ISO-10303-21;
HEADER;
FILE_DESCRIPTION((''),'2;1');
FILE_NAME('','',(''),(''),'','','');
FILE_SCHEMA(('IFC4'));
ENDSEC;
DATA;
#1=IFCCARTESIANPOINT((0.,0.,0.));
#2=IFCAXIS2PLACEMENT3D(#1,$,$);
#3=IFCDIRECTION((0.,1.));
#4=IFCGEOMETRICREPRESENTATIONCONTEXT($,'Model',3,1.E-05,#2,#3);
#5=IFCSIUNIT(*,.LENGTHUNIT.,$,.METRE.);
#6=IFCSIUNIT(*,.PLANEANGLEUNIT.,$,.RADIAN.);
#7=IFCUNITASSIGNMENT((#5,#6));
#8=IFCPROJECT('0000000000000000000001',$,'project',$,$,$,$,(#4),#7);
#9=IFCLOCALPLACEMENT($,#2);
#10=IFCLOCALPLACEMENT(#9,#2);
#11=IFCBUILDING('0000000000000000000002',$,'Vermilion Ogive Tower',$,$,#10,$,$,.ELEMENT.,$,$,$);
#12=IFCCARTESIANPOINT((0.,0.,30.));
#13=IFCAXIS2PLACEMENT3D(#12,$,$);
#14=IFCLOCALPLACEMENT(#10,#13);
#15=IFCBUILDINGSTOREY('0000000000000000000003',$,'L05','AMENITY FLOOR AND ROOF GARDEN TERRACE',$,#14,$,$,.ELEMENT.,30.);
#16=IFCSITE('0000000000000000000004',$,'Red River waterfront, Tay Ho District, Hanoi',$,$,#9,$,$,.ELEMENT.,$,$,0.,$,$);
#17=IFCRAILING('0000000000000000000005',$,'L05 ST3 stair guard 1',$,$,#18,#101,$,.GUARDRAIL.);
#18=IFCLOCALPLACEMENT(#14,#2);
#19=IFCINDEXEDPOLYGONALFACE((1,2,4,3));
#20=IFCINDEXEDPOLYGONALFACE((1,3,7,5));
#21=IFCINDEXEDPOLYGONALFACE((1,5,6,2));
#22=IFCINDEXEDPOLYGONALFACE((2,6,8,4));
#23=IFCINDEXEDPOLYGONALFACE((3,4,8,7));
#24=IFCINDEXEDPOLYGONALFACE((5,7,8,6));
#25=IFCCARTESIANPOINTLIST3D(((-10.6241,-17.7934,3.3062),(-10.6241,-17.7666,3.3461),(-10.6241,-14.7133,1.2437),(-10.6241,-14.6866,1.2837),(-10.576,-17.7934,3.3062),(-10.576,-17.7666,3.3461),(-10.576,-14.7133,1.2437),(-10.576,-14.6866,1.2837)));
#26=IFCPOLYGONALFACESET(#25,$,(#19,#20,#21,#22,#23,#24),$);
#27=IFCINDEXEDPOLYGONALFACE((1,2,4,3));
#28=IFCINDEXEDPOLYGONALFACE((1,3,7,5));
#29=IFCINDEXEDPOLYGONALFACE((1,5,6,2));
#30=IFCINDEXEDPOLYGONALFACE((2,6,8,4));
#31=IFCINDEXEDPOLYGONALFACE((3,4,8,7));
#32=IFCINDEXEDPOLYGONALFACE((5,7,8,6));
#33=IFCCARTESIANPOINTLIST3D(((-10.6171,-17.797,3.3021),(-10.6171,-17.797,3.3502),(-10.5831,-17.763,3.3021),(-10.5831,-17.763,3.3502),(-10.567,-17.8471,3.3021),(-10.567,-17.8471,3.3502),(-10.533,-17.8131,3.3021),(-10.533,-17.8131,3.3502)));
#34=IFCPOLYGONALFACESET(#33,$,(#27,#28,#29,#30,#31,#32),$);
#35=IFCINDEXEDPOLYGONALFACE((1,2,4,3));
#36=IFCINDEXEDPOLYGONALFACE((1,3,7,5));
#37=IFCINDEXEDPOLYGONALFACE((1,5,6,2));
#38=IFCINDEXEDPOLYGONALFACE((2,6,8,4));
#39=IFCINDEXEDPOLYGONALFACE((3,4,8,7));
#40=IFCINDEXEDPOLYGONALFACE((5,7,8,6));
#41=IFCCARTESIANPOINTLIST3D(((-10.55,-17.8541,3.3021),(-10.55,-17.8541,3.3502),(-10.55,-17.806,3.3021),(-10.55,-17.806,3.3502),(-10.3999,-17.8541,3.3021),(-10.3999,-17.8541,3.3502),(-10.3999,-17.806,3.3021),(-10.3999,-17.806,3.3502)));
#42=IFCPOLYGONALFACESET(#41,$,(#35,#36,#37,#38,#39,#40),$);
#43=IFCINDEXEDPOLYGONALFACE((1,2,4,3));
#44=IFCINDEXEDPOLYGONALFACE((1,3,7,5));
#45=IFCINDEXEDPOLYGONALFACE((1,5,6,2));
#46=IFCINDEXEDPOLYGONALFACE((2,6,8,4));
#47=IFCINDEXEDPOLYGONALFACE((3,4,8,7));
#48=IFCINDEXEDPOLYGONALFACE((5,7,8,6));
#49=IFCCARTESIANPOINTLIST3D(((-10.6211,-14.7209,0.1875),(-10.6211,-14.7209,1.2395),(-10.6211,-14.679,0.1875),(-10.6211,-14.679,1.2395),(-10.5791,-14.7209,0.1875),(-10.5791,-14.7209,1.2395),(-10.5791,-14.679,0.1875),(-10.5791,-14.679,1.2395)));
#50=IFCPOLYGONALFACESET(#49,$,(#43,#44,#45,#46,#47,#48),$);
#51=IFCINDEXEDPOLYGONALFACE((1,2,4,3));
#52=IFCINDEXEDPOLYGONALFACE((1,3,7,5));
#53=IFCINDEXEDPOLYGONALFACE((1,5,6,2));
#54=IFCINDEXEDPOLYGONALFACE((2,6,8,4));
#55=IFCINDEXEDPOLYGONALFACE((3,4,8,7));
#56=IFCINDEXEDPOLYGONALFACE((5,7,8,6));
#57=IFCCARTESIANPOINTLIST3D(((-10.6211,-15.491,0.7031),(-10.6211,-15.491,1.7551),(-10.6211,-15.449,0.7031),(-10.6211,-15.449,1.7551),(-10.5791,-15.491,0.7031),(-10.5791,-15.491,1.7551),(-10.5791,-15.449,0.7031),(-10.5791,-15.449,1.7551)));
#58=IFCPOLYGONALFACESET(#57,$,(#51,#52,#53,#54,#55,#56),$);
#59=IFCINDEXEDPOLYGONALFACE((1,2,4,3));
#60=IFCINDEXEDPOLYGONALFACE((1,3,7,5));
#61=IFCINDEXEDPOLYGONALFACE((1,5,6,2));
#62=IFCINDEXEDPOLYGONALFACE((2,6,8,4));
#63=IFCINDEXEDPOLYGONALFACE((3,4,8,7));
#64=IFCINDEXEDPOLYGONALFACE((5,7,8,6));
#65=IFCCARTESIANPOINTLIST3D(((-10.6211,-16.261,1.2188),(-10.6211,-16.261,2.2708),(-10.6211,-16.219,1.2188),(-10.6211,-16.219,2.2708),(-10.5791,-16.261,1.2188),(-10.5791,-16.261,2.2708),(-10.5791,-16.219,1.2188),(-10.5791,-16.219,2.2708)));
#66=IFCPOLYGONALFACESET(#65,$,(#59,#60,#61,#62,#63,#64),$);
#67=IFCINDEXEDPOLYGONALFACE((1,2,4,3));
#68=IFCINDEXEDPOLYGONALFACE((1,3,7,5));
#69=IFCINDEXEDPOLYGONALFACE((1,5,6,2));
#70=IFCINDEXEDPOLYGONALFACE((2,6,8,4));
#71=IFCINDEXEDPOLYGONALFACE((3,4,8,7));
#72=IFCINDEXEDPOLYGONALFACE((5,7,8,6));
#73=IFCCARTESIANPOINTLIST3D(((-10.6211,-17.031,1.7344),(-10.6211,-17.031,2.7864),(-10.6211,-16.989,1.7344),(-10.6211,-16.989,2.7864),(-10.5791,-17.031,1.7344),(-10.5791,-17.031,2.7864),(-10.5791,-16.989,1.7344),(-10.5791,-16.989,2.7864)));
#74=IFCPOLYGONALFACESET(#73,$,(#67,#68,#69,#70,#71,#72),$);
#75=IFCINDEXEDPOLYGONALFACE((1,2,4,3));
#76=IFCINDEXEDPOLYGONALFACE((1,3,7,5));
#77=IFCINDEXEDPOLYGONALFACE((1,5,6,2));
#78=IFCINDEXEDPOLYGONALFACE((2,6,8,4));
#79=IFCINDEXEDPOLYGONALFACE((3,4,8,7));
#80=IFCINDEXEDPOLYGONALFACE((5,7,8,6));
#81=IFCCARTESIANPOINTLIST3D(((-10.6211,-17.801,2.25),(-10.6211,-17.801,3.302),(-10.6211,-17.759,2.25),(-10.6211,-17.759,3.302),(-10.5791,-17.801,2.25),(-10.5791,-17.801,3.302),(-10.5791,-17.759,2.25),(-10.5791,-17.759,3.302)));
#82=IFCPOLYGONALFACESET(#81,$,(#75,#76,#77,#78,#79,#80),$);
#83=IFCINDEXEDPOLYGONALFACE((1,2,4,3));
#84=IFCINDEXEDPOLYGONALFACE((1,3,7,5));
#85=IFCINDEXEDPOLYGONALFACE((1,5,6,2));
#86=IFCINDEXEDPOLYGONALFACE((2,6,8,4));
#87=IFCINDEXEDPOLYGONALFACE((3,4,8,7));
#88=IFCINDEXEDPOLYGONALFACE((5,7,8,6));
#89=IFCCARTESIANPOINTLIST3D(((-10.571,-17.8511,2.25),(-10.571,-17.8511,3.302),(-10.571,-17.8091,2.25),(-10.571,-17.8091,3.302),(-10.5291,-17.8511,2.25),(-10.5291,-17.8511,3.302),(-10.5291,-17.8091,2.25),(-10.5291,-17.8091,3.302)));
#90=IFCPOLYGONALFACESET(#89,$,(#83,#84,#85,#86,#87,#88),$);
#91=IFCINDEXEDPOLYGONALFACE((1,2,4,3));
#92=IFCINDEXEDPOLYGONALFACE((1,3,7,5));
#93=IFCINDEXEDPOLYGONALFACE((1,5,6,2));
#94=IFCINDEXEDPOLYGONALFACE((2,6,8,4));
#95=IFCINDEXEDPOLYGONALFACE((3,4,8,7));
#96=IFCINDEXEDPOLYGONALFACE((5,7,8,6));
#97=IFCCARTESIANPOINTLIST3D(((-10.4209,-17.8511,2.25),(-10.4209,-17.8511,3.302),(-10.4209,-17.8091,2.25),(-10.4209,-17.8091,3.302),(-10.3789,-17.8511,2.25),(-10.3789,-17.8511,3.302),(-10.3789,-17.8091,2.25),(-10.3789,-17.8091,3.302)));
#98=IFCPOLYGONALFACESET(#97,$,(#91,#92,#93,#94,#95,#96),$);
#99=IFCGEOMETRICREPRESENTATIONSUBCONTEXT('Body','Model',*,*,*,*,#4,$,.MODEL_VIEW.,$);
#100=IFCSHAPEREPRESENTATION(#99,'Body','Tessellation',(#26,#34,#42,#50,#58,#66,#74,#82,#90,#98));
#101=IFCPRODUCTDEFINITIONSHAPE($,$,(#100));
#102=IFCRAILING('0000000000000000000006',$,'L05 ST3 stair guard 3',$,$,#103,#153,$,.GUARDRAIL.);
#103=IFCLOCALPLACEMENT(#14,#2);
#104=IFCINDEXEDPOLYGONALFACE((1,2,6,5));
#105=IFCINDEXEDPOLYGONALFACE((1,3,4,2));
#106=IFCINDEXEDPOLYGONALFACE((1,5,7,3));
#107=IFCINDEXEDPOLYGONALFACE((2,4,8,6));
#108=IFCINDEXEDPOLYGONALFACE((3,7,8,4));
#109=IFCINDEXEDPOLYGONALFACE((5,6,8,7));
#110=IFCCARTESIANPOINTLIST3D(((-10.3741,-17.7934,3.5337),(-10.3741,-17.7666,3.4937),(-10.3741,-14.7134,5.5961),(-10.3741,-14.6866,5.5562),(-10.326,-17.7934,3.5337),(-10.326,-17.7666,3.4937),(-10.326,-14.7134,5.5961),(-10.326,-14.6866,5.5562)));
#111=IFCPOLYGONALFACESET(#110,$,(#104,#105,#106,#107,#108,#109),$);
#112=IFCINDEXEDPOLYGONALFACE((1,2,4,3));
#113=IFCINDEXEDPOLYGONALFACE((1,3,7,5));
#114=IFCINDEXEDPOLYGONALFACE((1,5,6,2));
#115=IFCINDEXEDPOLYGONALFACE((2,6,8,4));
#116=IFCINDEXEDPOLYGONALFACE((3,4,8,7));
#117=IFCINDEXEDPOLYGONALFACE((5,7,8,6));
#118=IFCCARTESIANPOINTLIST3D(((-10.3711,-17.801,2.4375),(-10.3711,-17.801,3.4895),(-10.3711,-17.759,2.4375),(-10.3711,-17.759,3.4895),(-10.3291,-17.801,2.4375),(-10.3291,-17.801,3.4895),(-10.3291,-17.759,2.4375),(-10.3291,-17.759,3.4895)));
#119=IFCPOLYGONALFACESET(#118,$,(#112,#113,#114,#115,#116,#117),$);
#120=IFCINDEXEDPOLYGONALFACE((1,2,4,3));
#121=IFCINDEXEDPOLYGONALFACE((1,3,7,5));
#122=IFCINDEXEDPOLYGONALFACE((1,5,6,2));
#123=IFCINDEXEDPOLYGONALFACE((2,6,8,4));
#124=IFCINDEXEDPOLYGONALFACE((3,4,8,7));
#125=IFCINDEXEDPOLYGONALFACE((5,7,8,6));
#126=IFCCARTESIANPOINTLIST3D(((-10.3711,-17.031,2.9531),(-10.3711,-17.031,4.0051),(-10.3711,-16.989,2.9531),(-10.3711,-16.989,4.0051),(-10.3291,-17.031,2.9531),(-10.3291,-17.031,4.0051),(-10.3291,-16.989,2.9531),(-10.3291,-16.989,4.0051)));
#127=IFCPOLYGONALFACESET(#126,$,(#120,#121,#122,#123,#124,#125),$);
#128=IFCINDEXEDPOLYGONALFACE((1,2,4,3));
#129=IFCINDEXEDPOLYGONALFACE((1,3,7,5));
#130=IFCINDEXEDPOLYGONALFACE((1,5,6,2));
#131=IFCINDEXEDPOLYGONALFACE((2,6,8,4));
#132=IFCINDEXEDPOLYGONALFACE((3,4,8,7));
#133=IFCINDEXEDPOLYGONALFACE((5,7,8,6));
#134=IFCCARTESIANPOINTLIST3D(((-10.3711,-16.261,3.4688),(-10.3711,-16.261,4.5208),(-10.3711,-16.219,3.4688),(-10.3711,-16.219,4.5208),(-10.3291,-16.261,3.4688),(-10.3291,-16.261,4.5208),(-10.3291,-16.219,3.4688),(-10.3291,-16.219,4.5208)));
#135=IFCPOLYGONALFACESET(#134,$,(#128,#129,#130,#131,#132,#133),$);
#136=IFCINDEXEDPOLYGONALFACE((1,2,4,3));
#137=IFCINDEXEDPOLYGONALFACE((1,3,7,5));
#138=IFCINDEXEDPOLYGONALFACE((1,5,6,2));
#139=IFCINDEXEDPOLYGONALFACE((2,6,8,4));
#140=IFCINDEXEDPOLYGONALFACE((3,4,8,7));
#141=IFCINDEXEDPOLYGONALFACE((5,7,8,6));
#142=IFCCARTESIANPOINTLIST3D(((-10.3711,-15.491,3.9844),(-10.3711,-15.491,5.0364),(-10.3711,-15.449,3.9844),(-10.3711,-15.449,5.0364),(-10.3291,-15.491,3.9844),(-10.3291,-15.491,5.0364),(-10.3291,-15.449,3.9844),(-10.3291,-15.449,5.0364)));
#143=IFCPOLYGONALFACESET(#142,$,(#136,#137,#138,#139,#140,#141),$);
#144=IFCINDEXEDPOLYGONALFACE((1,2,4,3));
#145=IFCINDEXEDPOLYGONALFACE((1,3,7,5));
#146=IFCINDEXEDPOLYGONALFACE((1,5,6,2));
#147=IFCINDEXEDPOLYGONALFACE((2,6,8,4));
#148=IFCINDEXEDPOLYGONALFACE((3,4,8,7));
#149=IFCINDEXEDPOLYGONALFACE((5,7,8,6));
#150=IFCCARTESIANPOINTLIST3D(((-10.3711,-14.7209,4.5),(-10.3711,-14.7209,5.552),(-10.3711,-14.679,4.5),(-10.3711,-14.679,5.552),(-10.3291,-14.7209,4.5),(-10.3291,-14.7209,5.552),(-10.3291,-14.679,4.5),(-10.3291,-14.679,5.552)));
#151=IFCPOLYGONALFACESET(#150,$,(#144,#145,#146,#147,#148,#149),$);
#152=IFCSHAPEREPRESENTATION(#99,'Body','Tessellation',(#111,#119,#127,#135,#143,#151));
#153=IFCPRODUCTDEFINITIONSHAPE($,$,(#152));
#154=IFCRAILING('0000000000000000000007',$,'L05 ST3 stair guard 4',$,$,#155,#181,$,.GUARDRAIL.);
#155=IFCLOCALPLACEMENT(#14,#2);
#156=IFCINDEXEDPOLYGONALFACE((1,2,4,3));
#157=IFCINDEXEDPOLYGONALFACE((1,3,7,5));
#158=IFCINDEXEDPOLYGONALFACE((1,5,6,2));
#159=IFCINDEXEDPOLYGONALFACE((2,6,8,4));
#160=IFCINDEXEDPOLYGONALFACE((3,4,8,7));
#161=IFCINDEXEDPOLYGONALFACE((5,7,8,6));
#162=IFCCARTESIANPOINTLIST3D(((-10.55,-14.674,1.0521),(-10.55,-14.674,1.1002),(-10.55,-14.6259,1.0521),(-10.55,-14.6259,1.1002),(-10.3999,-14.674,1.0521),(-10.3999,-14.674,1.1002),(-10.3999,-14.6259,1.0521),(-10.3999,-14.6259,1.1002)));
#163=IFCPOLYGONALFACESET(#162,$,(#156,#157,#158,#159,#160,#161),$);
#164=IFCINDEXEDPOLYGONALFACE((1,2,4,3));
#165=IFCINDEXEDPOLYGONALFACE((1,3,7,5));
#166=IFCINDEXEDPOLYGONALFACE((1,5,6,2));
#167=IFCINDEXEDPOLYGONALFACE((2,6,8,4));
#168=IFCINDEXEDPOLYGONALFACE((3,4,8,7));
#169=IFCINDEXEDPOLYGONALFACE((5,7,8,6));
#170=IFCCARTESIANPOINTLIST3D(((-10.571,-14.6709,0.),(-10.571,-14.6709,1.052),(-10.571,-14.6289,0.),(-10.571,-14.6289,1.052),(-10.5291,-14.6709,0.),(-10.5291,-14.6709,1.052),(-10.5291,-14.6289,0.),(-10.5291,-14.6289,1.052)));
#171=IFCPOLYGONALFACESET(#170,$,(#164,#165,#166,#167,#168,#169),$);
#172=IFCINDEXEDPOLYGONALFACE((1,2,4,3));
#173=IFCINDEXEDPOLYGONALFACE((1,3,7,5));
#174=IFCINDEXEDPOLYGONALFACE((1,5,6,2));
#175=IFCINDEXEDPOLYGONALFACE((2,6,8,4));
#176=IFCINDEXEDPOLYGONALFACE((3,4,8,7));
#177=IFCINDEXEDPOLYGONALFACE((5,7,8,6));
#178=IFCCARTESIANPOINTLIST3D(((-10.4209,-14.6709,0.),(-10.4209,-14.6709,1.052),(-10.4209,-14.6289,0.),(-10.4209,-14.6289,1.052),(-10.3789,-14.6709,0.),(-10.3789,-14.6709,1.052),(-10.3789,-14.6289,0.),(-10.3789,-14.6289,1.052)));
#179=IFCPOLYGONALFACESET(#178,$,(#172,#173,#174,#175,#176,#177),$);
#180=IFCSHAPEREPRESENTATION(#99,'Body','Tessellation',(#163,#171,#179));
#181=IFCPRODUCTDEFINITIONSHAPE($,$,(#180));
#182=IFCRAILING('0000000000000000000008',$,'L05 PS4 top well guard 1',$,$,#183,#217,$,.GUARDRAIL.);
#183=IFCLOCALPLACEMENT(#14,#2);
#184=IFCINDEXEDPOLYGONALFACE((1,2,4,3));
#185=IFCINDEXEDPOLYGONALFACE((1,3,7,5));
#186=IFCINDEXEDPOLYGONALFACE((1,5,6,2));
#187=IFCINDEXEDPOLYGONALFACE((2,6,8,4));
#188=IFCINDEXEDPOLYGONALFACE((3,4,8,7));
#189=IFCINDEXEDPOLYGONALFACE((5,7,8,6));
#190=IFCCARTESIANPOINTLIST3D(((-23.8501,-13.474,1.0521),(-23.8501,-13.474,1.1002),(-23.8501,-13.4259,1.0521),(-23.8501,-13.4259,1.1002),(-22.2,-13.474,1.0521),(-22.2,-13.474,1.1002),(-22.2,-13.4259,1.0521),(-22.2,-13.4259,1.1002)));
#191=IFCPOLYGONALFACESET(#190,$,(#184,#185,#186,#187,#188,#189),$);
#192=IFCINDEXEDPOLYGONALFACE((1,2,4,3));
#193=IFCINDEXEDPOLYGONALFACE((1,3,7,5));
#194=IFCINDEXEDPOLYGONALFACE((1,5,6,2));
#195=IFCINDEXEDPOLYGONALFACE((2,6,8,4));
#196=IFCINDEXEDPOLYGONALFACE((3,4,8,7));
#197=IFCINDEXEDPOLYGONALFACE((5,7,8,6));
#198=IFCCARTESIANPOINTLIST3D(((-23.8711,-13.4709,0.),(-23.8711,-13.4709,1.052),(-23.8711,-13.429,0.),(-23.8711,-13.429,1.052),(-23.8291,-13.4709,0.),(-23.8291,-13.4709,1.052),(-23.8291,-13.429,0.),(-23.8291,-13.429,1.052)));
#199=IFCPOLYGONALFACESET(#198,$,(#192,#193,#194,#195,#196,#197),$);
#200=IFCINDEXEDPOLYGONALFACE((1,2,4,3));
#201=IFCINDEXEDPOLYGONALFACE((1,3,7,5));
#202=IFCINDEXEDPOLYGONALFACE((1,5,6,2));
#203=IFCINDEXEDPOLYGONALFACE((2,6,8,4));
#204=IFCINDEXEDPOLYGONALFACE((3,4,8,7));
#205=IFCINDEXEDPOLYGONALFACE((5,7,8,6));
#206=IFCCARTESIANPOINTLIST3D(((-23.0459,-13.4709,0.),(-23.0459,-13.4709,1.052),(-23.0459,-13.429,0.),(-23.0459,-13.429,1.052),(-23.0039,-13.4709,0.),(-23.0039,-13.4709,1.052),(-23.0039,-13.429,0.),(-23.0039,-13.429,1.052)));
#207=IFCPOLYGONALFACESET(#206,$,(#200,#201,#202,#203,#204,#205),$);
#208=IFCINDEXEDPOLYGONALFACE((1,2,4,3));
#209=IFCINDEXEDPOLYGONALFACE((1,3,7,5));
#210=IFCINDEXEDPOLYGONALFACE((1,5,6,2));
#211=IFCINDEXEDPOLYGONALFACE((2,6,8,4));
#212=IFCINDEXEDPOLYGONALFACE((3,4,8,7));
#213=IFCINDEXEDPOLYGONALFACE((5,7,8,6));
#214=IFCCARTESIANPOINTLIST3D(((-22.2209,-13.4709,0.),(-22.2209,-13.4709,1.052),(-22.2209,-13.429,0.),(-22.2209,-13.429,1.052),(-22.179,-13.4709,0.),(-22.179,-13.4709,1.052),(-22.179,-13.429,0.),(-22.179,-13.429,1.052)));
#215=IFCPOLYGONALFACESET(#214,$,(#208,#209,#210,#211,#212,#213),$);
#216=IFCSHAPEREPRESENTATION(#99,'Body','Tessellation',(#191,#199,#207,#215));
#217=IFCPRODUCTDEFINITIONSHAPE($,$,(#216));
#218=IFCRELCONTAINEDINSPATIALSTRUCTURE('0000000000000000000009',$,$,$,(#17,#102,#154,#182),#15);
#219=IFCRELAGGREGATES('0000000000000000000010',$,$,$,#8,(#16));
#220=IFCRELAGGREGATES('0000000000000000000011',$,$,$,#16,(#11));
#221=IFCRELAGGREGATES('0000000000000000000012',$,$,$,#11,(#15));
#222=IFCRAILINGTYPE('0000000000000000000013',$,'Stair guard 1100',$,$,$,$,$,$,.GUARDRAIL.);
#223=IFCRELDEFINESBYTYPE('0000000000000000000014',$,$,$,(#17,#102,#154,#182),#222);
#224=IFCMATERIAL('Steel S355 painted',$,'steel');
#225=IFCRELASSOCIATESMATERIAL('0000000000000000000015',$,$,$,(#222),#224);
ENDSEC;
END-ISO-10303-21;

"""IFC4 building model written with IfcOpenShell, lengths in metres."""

from ifc_helpers import new_model, si_unit, direction, frame, origin, origin_2d, place, context, subcontext, project, spatial, rectangle, extrude, material, type_object, element, save


model = new_model("IFC4")

# Units and contexts
model_context = context("Model", 3, precision=1e-05, world=origin(), true_north=direction((0.0, 1.0)))
body_context = subcontext(model_context, "Body", "Model", "MODEL_VIEW")
ifc_project = project(units=[si_unit("LENGTHUNIT", "METRE"), si_unit("PLANEANGLEUNIT", "RADIAN")], contexts=[model_context])

# Site, building, storey
site_placement = place(None, origin())
site = spatial("IfcSite", under=ifc_project, at=site_placement, Name="Red River waterfront, Tay Ho District, Hanoi", CompositionType="ELEMENT", RefElevation=0.0)
building_placement = place(site_placement, origin())
building = spatial("IfcBuilding", under=site, at=building_placement, Name="Vermilion Ogive Tower", CompositionType="ELEMENT")
storey_placement = place(building_placement, frame((0.0, 0.0, 30.0)))
storey = spatial("IfcBuildingStorey", under=building, at=storey_placement, Name="L05", Description="AMENITY FLOOR AND ROOF GARDEN TERRACE", CompositionType="ELEMENT", Elevation=30.0)

# Railings
ifc_material_1 = material(Name="Steel S355 painted", Category="steel")
railing_type_1 = type_object("IfcRailingType", Name="Stair guard 1100", PredefinedType="GUARDRAIL", material=ifc_material_1)
railing_1_placement = place(storey_placement, frame((-10.6001, -14.7, 0.1875)))
element("IfcRailing", 1, at=railing_1_placement, inside=storey, type_object=railing_type_1, Name="L05 ST3 stair guard 1", PredefinedType="GUARDRAIL", context=body_context, shape_type="SweptSolid", body=[
    extrude(rectangle(XDim=0.0481, YDim=0.0481, at=origin_2d()), frame((0.0, 0.0, 1.0762), z_axis=(0.0, -0.830914, 0.556401), x_axis=(1.0, 0.0, 0.0)), (0.0, 0.0, 1.0), 3.7068),
    extrude(rectangle(XDim=0.0481, YDim=0.0481, at=origin_2d()), frame((0.0, -3.0801, 3.1387), z_axis=(0.707107, -0.707107, 0.0), x_axis=(0.707107, 0.707107, 0.0)), (0.0, 0.0, 1.0), 0.0708),
    extrude(rectangle(XDim=0.0481, YDim=0.0481, at=origin_2d()), frame((0.05, -3.1301, 3.1387), z_axis=(1.0, 0.0, 0.0), x_axis=(0.0, 1.0, 0.0)), (0.0, 0.0, 1.0), 0.1501),
    extrude(rectangle(XDim=0.042, YDim=0.042, at=origin_2d()), origin(), (0.0, 0.0, 1.0), 1.052),
    extrude(rectangle(XDim=0.042, YDim=0.042, at=origin_2d()), frame((0.0, -0.77, 0.5156)), (0.0, 0.0, 1.0), 1.052),
    extrude(rectangle(XDim=0.042, YDim=0.042, at=origin_2d()), frame((0.0, -1.54, 1.0312)), (0.0, 0.0, 1.0), 1.052),
    extrude(rectangle(XDim=0.042, YDim=0.042, at=origin_2d()), frame((0.0, -2.3101, 1.5469)), (0.0, 0.0, 1.0), 1.052),
    extrude(rectangle(XDim=0.042, YDim=0.042, at=origin_2d()), frame((0.0, -3.0801, 2.0625)), (0.0, 0.0, 1.0), 1.052),
    extrude(rectangle(XDim=0.042, YDim=0.042, at=origin_2d()), frame((0.05, -3.1301, 2.0625)), (0.0, 0.0, 1.0), 1.052),
    extrude(rectangle(XDim=0.042, YDim=0.042, at=origin_2d()), frame((0.2002, -3.1301, 2.0625)), (0.0, 0.0, 1.0), 1.052),
])
railing_2_placement = place(storey_placement, frame((-10.3501, -17.78, 2.4375)))
element("IfcRailing", 2, at=railing_2_placement, inside=storey, type_object=railing_type_1, Name="L05 ST3 stair guard 3", PredefinedType="GUARDRAIL", context=body_context, shape_type="SweptSolid", body=[
    extrude(rectangle(XDim=0.0481, YDim=0.0481, at=origin_2d()), frame((0.0, 0.0, 1.0762), z_axis=(0.0, 0.830914, 0.556401), x_axis=(-1.0, 0.0, 0.0)), (0.0, 0.0, 1.0), 3.7068),
    extrude(rectangle(XDim=0.042, YDim=0.042, at=origin_2d()), origin(), (0.0, 0.0, 1.0), 1.052),
    extrude(rectangle(XDim=0.042, YDim=0.042, at=origin_2d()), frame((0.0, 0.77, 0.5156)), (0.0, 0.0, 1.0), 1.052),
    extrude(rectangle(XDim=0.042, YDim=0.042, at=origin_2d()), frame((0.0, 1.54, 1.0312)), (0.0, 0.0, 1.0), 1.052),
    extrude(rectangle(XDim=0.042, YDim=0.042, at=origin_2d()), frame((0.0, 2.3101, 1.5469)), (0.0, 0.0, 1.0), 1.052),
    extrude(rectangle(XDim=0.042, YDim=0.042, at=origin_2d()), frame((0.0, 3.0801, 2.0625)), (0.0, 0.0, 1.0), 1.052),
])
railing_3_placement = place(storey_placement, frame((-10.55, -14.6499, 0.0)))
element("IfcRailing", 3, at=railing_3_placement, inside=storey, type_object=railing_type_1, Name="L05 ST3 stair guard 4", PredefinedType="GUARDRAIL", context=body_context, shape_type="SweptSolid", body=[
    extrude(rectangle(XDim=0.0481, YDim=0.0481, at=origin_2d()), frame((0.0, 0.0, 1.0762), z_axis=(1.0, 0.0, 0.0), x_axis=(0.0, 1.0, 0.0)), (0.0, 0.0, 1.0), 0.1501),
    extrude(rectangle(XDim=0.042, YDim=0.042, at=origin_2d()), origin(), (0.0, 0.0, 1.0), 1.052),
    extrude(rectangle(XDim=0.042, YDim=0.042, at=origin_2d()), frame((0.1501, 0.0, 0.0)), (0.0, 0.0, 1.0), 1.052),
])
railing_4_placement = place(storey_placement, frame((-23.8501, -13.45, 0.0)))
element("IfcRailing", 4, at=railing_4_placement, inside=storey, type_object=railing_type_1, Name="L05 PS4 top well guard 1", PredefinedType="GUARDRAIL", context=body_context, shape_type="SweptSolid", body=[
    extrude(rectangle(XDim=0.0481, YDim=0.0481, at=origin_2d()), frame((0.0, 0.0, 1.0762), z_axis=(1.0, 0.0, 0.0), x_axis=(0.0, 1.0, 0.0)), (0.0, 0.0, 1.0), 1.6501),
    extrude(rectangle(XDim=0.042, YDim=0.042, at=origin_2d()), origin(), (0.0, 0.0, 1.0), 1.052),
    extrude(rectangle(XDim=0.042, YDim=0.042, at=origin_2d()), frame((0.8252, 0.0, 0.0)), (0.0, 0.0, 1.0), 1.052),
    extrude(rectangle(XDim=0.042, YDim=0.042, at=origin_2d()), frame((1.6501, 0.0, 0.0)), (0.0, 0.0, 1.0), 1.052),
])

save(model, "model.ifc")
